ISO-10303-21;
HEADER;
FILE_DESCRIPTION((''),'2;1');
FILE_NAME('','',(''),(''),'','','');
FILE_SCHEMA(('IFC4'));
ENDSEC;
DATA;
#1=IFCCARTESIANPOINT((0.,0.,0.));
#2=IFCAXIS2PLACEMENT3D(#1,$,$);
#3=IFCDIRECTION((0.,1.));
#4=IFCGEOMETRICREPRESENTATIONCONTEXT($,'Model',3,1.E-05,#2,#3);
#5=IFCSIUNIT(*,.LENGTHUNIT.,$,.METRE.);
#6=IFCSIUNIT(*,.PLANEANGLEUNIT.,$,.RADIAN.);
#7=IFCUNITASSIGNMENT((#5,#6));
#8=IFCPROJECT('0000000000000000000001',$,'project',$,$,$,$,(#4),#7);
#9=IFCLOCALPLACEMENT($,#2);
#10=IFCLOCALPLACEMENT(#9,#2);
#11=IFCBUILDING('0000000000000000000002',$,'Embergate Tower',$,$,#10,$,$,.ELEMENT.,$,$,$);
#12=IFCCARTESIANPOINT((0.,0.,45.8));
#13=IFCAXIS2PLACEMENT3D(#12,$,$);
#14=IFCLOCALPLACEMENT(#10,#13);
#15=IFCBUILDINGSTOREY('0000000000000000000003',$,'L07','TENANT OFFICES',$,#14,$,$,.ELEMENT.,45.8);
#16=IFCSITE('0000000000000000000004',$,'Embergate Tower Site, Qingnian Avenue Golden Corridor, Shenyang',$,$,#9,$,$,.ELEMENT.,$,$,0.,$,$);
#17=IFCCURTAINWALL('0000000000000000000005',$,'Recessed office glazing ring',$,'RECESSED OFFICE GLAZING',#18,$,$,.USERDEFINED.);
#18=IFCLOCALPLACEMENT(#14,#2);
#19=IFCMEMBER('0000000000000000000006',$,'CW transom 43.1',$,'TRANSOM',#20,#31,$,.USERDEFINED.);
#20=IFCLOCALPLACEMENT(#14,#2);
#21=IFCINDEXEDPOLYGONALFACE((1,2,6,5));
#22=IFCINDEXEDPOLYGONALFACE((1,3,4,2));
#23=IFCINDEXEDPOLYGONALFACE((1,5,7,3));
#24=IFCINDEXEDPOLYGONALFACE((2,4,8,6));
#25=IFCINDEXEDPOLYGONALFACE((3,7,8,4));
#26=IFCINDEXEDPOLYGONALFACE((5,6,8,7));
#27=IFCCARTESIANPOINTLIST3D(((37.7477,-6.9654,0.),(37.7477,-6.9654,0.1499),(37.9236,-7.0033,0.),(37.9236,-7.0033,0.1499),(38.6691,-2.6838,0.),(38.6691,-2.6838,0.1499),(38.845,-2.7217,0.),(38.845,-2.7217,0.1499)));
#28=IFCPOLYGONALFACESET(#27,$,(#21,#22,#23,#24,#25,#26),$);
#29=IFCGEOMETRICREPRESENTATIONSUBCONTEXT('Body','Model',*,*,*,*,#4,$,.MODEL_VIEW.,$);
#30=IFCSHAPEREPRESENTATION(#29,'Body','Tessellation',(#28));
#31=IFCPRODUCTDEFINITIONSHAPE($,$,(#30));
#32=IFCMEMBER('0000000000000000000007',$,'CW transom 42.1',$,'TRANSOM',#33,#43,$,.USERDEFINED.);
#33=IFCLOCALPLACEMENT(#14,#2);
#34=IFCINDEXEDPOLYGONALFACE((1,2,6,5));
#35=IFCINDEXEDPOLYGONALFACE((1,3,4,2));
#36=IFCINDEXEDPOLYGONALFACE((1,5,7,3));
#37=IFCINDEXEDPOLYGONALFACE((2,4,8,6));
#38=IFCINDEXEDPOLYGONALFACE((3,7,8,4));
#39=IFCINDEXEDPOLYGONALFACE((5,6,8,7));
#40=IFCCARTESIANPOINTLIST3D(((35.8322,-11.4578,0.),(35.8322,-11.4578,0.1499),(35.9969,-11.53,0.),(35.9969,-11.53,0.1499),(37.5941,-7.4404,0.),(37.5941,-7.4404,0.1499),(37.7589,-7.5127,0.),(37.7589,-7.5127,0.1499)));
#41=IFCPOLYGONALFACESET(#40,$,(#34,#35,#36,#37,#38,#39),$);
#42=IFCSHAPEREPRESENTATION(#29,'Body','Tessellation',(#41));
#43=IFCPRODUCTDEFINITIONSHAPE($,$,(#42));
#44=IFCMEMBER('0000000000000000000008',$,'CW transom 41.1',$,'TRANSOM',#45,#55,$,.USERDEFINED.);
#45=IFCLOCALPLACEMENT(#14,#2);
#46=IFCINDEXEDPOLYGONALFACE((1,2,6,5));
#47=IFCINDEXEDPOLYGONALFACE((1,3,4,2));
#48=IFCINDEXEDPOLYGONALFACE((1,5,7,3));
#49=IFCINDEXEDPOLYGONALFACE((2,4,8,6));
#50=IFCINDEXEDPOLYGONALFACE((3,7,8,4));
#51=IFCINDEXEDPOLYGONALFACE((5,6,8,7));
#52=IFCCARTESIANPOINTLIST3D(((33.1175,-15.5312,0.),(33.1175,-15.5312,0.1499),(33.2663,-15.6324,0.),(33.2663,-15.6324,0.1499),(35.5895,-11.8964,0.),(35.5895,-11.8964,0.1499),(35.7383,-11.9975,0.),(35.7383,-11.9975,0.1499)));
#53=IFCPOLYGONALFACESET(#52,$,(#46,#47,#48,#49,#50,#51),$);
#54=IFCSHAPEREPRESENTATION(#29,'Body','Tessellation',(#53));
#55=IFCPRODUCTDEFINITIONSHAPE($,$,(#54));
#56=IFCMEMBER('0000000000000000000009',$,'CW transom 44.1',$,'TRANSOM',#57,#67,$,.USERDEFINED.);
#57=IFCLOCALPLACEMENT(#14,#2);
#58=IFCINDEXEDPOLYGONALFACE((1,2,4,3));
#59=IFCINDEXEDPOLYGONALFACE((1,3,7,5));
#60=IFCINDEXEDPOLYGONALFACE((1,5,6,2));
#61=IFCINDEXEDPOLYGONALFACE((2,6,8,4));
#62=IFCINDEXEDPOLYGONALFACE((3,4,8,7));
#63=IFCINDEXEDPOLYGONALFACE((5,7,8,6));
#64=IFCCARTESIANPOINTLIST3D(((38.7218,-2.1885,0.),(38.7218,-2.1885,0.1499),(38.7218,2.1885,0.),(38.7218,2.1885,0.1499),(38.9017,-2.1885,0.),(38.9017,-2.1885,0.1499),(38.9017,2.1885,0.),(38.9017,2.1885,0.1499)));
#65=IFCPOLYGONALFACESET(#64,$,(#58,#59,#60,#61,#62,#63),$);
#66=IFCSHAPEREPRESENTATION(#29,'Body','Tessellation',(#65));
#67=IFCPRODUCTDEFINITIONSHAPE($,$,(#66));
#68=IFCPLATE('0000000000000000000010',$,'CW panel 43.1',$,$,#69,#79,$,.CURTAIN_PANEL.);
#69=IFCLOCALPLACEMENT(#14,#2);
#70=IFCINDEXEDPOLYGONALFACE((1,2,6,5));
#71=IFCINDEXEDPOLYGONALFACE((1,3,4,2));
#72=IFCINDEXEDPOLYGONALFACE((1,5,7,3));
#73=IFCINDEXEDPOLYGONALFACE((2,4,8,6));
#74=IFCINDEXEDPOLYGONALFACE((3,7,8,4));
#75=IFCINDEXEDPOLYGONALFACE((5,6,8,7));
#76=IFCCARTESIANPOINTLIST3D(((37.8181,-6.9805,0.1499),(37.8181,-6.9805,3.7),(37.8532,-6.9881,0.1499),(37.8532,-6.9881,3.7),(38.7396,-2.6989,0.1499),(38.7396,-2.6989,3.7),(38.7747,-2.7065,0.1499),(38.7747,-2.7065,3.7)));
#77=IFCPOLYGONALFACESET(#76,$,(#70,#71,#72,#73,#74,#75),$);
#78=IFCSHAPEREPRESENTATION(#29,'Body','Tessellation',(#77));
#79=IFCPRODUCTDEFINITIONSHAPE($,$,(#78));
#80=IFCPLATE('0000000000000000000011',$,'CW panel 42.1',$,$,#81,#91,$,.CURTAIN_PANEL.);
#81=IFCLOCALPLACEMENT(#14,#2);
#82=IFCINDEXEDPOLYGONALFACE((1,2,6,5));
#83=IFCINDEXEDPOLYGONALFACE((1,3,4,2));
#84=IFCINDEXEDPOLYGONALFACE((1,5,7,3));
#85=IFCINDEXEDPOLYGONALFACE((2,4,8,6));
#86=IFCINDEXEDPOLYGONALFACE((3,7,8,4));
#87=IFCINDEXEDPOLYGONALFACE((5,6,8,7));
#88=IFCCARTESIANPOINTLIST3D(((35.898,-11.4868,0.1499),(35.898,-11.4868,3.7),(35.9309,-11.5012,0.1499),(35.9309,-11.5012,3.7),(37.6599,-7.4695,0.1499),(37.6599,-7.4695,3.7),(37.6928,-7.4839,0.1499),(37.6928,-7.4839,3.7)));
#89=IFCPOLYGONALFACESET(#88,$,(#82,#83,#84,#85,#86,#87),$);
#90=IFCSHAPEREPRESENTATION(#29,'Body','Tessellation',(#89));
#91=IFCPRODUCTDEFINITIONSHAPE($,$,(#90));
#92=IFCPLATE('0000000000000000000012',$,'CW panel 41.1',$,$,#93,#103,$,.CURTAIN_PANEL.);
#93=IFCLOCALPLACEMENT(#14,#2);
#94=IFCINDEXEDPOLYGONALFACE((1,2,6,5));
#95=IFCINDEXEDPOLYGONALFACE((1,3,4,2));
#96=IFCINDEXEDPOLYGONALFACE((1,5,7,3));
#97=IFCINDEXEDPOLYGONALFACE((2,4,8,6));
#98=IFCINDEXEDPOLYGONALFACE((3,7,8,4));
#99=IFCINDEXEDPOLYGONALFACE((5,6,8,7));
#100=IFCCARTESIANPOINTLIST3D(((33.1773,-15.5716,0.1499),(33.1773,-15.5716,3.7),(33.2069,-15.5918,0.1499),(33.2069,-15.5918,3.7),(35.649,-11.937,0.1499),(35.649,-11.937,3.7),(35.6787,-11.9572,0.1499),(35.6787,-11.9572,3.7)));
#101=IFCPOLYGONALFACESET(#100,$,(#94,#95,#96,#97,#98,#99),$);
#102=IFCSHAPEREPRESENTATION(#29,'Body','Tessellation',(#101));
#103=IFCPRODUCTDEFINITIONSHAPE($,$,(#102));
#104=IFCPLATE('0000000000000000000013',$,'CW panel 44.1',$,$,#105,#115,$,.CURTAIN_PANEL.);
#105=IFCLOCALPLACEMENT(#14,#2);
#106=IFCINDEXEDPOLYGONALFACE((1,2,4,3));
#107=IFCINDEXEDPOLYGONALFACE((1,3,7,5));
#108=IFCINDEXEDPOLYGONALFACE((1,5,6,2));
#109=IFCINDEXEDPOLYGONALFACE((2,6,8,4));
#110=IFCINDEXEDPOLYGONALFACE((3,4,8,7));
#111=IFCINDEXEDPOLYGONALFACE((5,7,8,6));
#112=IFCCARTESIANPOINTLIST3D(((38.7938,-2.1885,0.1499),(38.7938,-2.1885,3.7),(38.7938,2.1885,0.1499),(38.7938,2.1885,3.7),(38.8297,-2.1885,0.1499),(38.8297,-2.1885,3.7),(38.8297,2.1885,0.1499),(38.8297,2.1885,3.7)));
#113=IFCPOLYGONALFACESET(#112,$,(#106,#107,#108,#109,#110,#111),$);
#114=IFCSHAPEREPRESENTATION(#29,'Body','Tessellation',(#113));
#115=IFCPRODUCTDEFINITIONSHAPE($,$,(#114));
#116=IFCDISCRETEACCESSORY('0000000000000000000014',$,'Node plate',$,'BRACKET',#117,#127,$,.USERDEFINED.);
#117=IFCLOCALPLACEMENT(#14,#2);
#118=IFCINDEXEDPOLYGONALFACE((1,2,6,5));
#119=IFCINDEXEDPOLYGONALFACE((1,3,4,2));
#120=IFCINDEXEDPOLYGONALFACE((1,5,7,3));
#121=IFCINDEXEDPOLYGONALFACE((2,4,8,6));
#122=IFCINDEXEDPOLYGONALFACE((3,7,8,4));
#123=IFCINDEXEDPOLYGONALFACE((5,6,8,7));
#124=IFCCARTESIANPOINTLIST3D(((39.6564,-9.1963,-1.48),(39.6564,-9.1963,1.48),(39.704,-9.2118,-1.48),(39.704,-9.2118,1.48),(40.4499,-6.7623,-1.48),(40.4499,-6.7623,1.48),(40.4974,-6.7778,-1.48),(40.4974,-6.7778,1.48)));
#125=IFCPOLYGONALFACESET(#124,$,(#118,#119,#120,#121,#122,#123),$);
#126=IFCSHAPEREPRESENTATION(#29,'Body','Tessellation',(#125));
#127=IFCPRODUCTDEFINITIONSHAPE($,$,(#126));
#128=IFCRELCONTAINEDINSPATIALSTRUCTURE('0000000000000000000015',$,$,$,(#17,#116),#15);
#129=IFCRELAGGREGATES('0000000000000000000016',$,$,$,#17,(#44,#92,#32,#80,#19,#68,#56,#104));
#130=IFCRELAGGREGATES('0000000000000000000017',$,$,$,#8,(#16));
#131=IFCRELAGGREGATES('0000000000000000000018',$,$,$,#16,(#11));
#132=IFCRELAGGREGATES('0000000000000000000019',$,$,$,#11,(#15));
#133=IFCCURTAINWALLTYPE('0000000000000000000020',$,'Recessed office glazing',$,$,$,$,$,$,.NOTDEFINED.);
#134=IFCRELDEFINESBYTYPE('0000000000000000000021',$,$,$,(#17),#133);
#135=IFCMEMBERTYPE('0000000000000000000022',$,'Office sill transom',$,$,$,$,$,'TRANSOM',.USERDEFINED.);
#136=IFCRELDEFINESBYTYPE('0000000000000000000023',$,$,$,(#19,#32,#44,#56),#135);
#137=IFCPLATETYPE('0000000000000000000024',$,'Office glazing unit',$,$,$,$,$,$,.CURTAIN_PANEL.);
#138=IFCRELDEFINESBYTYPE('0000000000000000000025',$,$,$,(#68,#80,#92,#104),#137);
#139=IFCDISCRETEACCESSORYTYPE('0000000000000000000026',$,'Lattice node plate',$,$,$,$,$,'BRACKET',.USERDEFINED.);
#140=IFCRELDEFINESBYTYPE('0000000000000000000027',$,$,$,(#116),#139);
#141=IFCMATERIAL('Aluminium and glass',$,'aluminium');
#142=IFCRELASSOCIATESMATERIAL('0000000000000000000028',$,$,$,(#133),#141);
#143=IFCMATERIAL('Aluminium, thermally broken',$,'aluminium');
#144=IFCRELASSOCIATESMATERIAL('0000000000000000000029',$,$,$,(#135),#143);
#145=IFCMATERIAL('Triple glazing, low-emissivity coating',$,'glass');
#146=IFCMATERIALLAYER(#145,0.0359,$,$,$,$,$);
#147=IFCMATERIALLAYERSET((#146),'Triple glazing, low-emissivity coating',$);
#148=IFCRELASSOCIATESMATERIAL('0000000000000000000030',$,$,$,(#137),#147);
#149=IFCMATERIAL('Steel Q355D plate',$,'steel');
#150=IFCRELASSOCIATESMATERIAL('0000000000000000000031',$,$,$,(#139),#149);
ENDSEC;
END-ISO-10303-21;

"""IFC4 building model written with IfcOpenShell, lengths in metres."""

from ifc_helpers import new_model, si_unit, direction, frame, origin, origin_2d, place, context, subcontext, project, spatial, rectangle, extrude, source, transform, mapped, material, layer, layer_set, material_profile, profile_set, type_object, element, aggregate, save


model = new_model("IFC4")

# Units and contexts
model_context = context("Model", 3, precision=1e-05, world=origin(), true_north=direction((0.0, 1.0)))
body_context = subcontext(model_context, "Body", "Model", "MODEL_VIEW")
ifc_project = project(units=[si_unit("LENGTHUNIT", "METRE"), si_unit("PLANEANGLEUNIT", "RADIAN")], contexts=[model_context])

# Site, building, storey
site_placement = place(None, origin())
site = spatial("IfcSite", under=ifc_project, at=site_placement, Name="Embergate Tower Site, Qingnian Avenue Golden Corridor, Shenyang", CompositionType="ELEMENT", RefElevation=0.0)
building_placement = place(site_placement, origin())
building = spatial("IfcBuilding", under=site, at=building_placement, Name="Embergate Tower", CompositionType="ELEMENT")
storey_placement = place(building_placement, frame((0.0, 0.0, 45.8)))
storey = spatial("IfcBuildingStorey", under=building, at=storey_placement, Name="L07", Description="TENANT OFFICES", CompositionType="ELEMENT", Elevation=45.8)

# Curtain wall, members, plates
ifc_material_1 = material(Name="Aluminium and glass", Category="aluminium")
curtain_wall_type = type_object("IfcCurtainWallType", Name="Recessed office glazing", PredefinedType="NOTDEFINED", material=ifc_material_1)
curtain_wall_placement = place(storey_placement, origin())
curtain_wall = element("IfcCurtainWall", 1, at=curtain_wall_placement, inside=storey, type_object=curtain_wall_type, Name="Recessed office glazing ring", ObjectType="RECESSED OFFICE GLAZING", PredefinedType="USERDEFINED")
ifc_material_2 = material(Name="Aluminium, thermally broken", Category="aluminium")
ifc_material_profile_1 = material_profile(ifc_material_2, rectangle(XDim=0.1799, YDim=0.1499, at=origin_2d()), Name="AL 150x180")
ifc_profile_set_1 = profile_set([ifc_material_profile_1], Name="Aluminium, thermally broken")
member_type_1 = type_object("IfcMemberType", Name="Office sill transom", ElementType="TRANSOM", PredefinedType="USERDEFINED", material=ifc_profile_set_1)
shared_shape_1 = source(origin(), body_context, "Body", "SweptSolid", [
    extrude(rectangle(XDim=0.1799, YDim=0.1499, at=origin_2d()), origin(), (0.0, 0.0, 1.0), 4.3796),
])
member_1_placement = place(storey_placement, frame((37.8357, -6.9844, 0.075), z_axis=(0.210374, 0.977621, 0.0), x_axis=(-0.977621, 0.210374, 0.0)))
member_1 = element("IfcMember", 2, at=member_1_placement, type_object=member_type_1, Name="CW transom 43.1", ObjectType="TRANSOM", PredefinedType="USERDEFINED", context=body_context, shape_type="MappedRepresentation", body=[
    mapped(shared_shape_1, transform((0.0, 0.0, 0.0))),
])
shared_shape_2 = source(origin(), body_context, "Body", "SweptSolid", [
    extrude(rectangle(XDim=0.1799, YDim=0.1499, at=origin_2d()), origin(), (0.0, 0.0, 1.0), 4.3867),
])
member_2_placement = place(storey_placement, frame((35.9146, -11.4939, 0.075), z_axis=(0.401657, 0.91579, 0.0), x_axis=(-0.91579, 0.401657, 0.0)))
member_2 = element("IfcMember", 3, at=member_2_placement, type_object=member_type_1, Name="CW transom 42.1", ObjectType="TRANSOM", PredefinedType="USERDEFINED", context=body_context, shape_type="MappedRepresentation", body=[
    mapped(shared_shape_2, transform((0.0, 0.0, 0.0))),
])
shared_shape_3 = source(origin(), body_context, "Body", "SweptSolid", [
    extrude(rectangle(XDim=0.1799, YDim=0.1499, at=origin_2d()), origin(), (0.0, 0.0, 1.0), 4.3958),
])
member_3_placement = place(storey_placement, frame((33.1919, -15.5818, 0.075), z_axis=(0.562354, 0.826897, 0.0), x_axis=(-0.826897, 0.562354, 0.0)))
member_3 = element("IfcMember", 4, at=member_3_placement, type_object=member_type_1, Name="CW transom 41.1", ObjectType="TRANSOM", PredefinedType="USERDEFINED", context=body_context, shape_type="MappedRepresentation", body=[
    mapped(shared_shape_3, transform((0.0, 0.0, 0.0))),
])
shared_shape_4 = source(origin(), body_context, "Body", "SweptSolid", [
    extrude(rectangle(XDim=0.1799, YDim=0.1499, at=origin_2d()), origin(), (0.0, 0.0, 1.0), 4.377),
])
member_4_placement = place(storey_placement, frame((38.8118, -2.1885, 0.075), z_axis=(0.0, 1.0, 0.0), x_axis=(-1.0, 0.0, 0.0)))
member_4 = element("IfcMember", 5, at=member_4_placement, type_object=member_type_1, Name="CW transom 44.1", ObjectType="TRANSOM", PredefinedType="USERDEFINED", context=body_context, shape_type="MappedRepresentation", body=[
    mapped(shared_shape_4, transform((0.0, 0.0, 0.0))),
])
ifc_material_3 = material(Name="Triple glazing, low-emissivity coating", Category="glass")
ifc_layer = layer(ifc_material_3, 0.0359)
ifc_layer_set = layer_set([ifc_layer], Name="Triple glazing, low-emissivity coating")
plate_type = type_object("IfcPlateType", Name="Office glazing unit", PredefinedType="CURTAIN_PANEL", material=ifc_layer_set)
shared_shape_5 = source(origin(), body_context, "Body", "SweptSolid", [
    extrude(rectangle(XDim=4.3796, YDim=0.0359, at=origin_2d()), origin(), (0.0, 0.0, 1.0), 3.55),
])
plate_1_placement = place(storey_placement, frame((38.2964, -4.8435, 0.1499), z_axis=(0.0, 0.0, 1.0), x_axis=(0.210398, 0.977616, 0.0)))
plate_1 = element("IfcPlate", 6, at=plate_1_placement, type_object=plate_type, Name="CW panel 43.1", PredefinedType="CURTAIN_PANEL", context=body_context, shape_type="MappedRepresentation", body=[
    mapped(shared_shape_5, transform((0.0, 0.0, 0.0))),
])
shared_shape_6 = source(origin(), body_context, "Body", "SweptSolid", [
    extrude(rectangle(XDim=4.3867, YDim=0.0359, at=origin_2d()), origin(), (0.0, 0.0, 1.0), 3.55),
])
plate_2_placement = place(storey_placement, frame((36.7954, -9.4854, 0.1499), z_axis=(0.0, 0.0, 1.0), x_axis=(0.401652, 0.915792, 0.0)))
plate_2 = element("IfcPlate", 7, at=plate_2_placement, type_object=plate_type, Name="CW panel 42.1", PredefinedType="CURTAIN_PANEL", context=body_context, shape_type="MappedRepresentation", body=[
    mapped(shared_shape_6, transform((0.0, 0.0, 0.0))),
])
shared_shape_7 = source(origin(), body_context, "Body", "SweptSolid", [
    extrude(rectangle(XDim=4.3955, YDim=0.0359, at=origin_2d()), origin(), (0.0, 0.0, 1.0), 3.55),
])
plate_3_placement = place(storey_placement, frame((34.428, -13.7644, 0.1499), z_axis=(0.0, 0.0, 1.0), x_axis=(0.562342, 0.826905, 0.0)))
plate_3 = element("IfcPlate", 8, at=plate_3_placement, type_object=plate_type, Name="CW panel 41.1", PredefinedType="CURTAIN_PANEL", context=body_context, shape_type="MappedRepresentation", body=[
    mapped(shared_shape_7, transform((0.0, 0.0, 0.0))),
])
shared_shape_8 = source(origin(), body_context, "Body", "SweptSolid", [
    extrude(rectangle(XDim=4.377, YDim=0.0359, at=origin_2d()), origin(), (0.0, 0.0, 1.0), 3.55),
])
plate_4_placement = place(storey_placement, frame((38.8118, 0.0, 0.1499), z_axis=(0.0, 0.0, 1.0), x_axis=(0.0, 1.0, 0.0)))
plate_4 = element("IfcPlate", 9, at=plate_4_placement, type_object=plate_type, Name="CW panel 44.1", PredefinedType="CURTAIN_PANEL", context=body_context, shape_type="MappedRepresentation", body=[
    mapped(shared_shape_8, transform((0.0, 0.0, 0.0))),
])
aggregate(curtain_wall, [member_3, plate_3, member_2, plate_2, member_1, plate_1, member_4, plate_4])

# Discrete accessory
ifc_material_4 = material(Name="Steel Q355D plate", Category="steel")
discrete_accessory_type = type_object("IfcDiscreteAccessoryType", Name="Lattice node plate", ElementType="BRACKET", PredefinedType="USERDEFINED", material=ifc_material_4)
shared_shape_9 = source(origin(), body_context, "Body", "SweptSolid", [
    extrude(rectangle(XDim=2.5601, YDim=0.05, at=origin_2d()), origin(), (0.0, 0.0, 1.0), 2.96),
])
discrete_accessory_placement = place(storey_placement, frame((40.0769, -7.9871, -1.48), z_axis=(0.0, 0.0, 1.0), x_axis=(0.309946, 0.950754, 0.0)))
element("IfcDiscreteAccessory", 10, at=discrete_accessory_placement, inside=storey, type_object=discrete_accessory_type, Name="Node plate", ObjectType="BRACKET", PredefinedType="USERDEFINED", context=body_context, shape_type="MappedRepresentation", body=[
    mapped(shared_shape_9, transform((0.0, 0.0, 0.0))),
])

save(model, "model.ifc")
